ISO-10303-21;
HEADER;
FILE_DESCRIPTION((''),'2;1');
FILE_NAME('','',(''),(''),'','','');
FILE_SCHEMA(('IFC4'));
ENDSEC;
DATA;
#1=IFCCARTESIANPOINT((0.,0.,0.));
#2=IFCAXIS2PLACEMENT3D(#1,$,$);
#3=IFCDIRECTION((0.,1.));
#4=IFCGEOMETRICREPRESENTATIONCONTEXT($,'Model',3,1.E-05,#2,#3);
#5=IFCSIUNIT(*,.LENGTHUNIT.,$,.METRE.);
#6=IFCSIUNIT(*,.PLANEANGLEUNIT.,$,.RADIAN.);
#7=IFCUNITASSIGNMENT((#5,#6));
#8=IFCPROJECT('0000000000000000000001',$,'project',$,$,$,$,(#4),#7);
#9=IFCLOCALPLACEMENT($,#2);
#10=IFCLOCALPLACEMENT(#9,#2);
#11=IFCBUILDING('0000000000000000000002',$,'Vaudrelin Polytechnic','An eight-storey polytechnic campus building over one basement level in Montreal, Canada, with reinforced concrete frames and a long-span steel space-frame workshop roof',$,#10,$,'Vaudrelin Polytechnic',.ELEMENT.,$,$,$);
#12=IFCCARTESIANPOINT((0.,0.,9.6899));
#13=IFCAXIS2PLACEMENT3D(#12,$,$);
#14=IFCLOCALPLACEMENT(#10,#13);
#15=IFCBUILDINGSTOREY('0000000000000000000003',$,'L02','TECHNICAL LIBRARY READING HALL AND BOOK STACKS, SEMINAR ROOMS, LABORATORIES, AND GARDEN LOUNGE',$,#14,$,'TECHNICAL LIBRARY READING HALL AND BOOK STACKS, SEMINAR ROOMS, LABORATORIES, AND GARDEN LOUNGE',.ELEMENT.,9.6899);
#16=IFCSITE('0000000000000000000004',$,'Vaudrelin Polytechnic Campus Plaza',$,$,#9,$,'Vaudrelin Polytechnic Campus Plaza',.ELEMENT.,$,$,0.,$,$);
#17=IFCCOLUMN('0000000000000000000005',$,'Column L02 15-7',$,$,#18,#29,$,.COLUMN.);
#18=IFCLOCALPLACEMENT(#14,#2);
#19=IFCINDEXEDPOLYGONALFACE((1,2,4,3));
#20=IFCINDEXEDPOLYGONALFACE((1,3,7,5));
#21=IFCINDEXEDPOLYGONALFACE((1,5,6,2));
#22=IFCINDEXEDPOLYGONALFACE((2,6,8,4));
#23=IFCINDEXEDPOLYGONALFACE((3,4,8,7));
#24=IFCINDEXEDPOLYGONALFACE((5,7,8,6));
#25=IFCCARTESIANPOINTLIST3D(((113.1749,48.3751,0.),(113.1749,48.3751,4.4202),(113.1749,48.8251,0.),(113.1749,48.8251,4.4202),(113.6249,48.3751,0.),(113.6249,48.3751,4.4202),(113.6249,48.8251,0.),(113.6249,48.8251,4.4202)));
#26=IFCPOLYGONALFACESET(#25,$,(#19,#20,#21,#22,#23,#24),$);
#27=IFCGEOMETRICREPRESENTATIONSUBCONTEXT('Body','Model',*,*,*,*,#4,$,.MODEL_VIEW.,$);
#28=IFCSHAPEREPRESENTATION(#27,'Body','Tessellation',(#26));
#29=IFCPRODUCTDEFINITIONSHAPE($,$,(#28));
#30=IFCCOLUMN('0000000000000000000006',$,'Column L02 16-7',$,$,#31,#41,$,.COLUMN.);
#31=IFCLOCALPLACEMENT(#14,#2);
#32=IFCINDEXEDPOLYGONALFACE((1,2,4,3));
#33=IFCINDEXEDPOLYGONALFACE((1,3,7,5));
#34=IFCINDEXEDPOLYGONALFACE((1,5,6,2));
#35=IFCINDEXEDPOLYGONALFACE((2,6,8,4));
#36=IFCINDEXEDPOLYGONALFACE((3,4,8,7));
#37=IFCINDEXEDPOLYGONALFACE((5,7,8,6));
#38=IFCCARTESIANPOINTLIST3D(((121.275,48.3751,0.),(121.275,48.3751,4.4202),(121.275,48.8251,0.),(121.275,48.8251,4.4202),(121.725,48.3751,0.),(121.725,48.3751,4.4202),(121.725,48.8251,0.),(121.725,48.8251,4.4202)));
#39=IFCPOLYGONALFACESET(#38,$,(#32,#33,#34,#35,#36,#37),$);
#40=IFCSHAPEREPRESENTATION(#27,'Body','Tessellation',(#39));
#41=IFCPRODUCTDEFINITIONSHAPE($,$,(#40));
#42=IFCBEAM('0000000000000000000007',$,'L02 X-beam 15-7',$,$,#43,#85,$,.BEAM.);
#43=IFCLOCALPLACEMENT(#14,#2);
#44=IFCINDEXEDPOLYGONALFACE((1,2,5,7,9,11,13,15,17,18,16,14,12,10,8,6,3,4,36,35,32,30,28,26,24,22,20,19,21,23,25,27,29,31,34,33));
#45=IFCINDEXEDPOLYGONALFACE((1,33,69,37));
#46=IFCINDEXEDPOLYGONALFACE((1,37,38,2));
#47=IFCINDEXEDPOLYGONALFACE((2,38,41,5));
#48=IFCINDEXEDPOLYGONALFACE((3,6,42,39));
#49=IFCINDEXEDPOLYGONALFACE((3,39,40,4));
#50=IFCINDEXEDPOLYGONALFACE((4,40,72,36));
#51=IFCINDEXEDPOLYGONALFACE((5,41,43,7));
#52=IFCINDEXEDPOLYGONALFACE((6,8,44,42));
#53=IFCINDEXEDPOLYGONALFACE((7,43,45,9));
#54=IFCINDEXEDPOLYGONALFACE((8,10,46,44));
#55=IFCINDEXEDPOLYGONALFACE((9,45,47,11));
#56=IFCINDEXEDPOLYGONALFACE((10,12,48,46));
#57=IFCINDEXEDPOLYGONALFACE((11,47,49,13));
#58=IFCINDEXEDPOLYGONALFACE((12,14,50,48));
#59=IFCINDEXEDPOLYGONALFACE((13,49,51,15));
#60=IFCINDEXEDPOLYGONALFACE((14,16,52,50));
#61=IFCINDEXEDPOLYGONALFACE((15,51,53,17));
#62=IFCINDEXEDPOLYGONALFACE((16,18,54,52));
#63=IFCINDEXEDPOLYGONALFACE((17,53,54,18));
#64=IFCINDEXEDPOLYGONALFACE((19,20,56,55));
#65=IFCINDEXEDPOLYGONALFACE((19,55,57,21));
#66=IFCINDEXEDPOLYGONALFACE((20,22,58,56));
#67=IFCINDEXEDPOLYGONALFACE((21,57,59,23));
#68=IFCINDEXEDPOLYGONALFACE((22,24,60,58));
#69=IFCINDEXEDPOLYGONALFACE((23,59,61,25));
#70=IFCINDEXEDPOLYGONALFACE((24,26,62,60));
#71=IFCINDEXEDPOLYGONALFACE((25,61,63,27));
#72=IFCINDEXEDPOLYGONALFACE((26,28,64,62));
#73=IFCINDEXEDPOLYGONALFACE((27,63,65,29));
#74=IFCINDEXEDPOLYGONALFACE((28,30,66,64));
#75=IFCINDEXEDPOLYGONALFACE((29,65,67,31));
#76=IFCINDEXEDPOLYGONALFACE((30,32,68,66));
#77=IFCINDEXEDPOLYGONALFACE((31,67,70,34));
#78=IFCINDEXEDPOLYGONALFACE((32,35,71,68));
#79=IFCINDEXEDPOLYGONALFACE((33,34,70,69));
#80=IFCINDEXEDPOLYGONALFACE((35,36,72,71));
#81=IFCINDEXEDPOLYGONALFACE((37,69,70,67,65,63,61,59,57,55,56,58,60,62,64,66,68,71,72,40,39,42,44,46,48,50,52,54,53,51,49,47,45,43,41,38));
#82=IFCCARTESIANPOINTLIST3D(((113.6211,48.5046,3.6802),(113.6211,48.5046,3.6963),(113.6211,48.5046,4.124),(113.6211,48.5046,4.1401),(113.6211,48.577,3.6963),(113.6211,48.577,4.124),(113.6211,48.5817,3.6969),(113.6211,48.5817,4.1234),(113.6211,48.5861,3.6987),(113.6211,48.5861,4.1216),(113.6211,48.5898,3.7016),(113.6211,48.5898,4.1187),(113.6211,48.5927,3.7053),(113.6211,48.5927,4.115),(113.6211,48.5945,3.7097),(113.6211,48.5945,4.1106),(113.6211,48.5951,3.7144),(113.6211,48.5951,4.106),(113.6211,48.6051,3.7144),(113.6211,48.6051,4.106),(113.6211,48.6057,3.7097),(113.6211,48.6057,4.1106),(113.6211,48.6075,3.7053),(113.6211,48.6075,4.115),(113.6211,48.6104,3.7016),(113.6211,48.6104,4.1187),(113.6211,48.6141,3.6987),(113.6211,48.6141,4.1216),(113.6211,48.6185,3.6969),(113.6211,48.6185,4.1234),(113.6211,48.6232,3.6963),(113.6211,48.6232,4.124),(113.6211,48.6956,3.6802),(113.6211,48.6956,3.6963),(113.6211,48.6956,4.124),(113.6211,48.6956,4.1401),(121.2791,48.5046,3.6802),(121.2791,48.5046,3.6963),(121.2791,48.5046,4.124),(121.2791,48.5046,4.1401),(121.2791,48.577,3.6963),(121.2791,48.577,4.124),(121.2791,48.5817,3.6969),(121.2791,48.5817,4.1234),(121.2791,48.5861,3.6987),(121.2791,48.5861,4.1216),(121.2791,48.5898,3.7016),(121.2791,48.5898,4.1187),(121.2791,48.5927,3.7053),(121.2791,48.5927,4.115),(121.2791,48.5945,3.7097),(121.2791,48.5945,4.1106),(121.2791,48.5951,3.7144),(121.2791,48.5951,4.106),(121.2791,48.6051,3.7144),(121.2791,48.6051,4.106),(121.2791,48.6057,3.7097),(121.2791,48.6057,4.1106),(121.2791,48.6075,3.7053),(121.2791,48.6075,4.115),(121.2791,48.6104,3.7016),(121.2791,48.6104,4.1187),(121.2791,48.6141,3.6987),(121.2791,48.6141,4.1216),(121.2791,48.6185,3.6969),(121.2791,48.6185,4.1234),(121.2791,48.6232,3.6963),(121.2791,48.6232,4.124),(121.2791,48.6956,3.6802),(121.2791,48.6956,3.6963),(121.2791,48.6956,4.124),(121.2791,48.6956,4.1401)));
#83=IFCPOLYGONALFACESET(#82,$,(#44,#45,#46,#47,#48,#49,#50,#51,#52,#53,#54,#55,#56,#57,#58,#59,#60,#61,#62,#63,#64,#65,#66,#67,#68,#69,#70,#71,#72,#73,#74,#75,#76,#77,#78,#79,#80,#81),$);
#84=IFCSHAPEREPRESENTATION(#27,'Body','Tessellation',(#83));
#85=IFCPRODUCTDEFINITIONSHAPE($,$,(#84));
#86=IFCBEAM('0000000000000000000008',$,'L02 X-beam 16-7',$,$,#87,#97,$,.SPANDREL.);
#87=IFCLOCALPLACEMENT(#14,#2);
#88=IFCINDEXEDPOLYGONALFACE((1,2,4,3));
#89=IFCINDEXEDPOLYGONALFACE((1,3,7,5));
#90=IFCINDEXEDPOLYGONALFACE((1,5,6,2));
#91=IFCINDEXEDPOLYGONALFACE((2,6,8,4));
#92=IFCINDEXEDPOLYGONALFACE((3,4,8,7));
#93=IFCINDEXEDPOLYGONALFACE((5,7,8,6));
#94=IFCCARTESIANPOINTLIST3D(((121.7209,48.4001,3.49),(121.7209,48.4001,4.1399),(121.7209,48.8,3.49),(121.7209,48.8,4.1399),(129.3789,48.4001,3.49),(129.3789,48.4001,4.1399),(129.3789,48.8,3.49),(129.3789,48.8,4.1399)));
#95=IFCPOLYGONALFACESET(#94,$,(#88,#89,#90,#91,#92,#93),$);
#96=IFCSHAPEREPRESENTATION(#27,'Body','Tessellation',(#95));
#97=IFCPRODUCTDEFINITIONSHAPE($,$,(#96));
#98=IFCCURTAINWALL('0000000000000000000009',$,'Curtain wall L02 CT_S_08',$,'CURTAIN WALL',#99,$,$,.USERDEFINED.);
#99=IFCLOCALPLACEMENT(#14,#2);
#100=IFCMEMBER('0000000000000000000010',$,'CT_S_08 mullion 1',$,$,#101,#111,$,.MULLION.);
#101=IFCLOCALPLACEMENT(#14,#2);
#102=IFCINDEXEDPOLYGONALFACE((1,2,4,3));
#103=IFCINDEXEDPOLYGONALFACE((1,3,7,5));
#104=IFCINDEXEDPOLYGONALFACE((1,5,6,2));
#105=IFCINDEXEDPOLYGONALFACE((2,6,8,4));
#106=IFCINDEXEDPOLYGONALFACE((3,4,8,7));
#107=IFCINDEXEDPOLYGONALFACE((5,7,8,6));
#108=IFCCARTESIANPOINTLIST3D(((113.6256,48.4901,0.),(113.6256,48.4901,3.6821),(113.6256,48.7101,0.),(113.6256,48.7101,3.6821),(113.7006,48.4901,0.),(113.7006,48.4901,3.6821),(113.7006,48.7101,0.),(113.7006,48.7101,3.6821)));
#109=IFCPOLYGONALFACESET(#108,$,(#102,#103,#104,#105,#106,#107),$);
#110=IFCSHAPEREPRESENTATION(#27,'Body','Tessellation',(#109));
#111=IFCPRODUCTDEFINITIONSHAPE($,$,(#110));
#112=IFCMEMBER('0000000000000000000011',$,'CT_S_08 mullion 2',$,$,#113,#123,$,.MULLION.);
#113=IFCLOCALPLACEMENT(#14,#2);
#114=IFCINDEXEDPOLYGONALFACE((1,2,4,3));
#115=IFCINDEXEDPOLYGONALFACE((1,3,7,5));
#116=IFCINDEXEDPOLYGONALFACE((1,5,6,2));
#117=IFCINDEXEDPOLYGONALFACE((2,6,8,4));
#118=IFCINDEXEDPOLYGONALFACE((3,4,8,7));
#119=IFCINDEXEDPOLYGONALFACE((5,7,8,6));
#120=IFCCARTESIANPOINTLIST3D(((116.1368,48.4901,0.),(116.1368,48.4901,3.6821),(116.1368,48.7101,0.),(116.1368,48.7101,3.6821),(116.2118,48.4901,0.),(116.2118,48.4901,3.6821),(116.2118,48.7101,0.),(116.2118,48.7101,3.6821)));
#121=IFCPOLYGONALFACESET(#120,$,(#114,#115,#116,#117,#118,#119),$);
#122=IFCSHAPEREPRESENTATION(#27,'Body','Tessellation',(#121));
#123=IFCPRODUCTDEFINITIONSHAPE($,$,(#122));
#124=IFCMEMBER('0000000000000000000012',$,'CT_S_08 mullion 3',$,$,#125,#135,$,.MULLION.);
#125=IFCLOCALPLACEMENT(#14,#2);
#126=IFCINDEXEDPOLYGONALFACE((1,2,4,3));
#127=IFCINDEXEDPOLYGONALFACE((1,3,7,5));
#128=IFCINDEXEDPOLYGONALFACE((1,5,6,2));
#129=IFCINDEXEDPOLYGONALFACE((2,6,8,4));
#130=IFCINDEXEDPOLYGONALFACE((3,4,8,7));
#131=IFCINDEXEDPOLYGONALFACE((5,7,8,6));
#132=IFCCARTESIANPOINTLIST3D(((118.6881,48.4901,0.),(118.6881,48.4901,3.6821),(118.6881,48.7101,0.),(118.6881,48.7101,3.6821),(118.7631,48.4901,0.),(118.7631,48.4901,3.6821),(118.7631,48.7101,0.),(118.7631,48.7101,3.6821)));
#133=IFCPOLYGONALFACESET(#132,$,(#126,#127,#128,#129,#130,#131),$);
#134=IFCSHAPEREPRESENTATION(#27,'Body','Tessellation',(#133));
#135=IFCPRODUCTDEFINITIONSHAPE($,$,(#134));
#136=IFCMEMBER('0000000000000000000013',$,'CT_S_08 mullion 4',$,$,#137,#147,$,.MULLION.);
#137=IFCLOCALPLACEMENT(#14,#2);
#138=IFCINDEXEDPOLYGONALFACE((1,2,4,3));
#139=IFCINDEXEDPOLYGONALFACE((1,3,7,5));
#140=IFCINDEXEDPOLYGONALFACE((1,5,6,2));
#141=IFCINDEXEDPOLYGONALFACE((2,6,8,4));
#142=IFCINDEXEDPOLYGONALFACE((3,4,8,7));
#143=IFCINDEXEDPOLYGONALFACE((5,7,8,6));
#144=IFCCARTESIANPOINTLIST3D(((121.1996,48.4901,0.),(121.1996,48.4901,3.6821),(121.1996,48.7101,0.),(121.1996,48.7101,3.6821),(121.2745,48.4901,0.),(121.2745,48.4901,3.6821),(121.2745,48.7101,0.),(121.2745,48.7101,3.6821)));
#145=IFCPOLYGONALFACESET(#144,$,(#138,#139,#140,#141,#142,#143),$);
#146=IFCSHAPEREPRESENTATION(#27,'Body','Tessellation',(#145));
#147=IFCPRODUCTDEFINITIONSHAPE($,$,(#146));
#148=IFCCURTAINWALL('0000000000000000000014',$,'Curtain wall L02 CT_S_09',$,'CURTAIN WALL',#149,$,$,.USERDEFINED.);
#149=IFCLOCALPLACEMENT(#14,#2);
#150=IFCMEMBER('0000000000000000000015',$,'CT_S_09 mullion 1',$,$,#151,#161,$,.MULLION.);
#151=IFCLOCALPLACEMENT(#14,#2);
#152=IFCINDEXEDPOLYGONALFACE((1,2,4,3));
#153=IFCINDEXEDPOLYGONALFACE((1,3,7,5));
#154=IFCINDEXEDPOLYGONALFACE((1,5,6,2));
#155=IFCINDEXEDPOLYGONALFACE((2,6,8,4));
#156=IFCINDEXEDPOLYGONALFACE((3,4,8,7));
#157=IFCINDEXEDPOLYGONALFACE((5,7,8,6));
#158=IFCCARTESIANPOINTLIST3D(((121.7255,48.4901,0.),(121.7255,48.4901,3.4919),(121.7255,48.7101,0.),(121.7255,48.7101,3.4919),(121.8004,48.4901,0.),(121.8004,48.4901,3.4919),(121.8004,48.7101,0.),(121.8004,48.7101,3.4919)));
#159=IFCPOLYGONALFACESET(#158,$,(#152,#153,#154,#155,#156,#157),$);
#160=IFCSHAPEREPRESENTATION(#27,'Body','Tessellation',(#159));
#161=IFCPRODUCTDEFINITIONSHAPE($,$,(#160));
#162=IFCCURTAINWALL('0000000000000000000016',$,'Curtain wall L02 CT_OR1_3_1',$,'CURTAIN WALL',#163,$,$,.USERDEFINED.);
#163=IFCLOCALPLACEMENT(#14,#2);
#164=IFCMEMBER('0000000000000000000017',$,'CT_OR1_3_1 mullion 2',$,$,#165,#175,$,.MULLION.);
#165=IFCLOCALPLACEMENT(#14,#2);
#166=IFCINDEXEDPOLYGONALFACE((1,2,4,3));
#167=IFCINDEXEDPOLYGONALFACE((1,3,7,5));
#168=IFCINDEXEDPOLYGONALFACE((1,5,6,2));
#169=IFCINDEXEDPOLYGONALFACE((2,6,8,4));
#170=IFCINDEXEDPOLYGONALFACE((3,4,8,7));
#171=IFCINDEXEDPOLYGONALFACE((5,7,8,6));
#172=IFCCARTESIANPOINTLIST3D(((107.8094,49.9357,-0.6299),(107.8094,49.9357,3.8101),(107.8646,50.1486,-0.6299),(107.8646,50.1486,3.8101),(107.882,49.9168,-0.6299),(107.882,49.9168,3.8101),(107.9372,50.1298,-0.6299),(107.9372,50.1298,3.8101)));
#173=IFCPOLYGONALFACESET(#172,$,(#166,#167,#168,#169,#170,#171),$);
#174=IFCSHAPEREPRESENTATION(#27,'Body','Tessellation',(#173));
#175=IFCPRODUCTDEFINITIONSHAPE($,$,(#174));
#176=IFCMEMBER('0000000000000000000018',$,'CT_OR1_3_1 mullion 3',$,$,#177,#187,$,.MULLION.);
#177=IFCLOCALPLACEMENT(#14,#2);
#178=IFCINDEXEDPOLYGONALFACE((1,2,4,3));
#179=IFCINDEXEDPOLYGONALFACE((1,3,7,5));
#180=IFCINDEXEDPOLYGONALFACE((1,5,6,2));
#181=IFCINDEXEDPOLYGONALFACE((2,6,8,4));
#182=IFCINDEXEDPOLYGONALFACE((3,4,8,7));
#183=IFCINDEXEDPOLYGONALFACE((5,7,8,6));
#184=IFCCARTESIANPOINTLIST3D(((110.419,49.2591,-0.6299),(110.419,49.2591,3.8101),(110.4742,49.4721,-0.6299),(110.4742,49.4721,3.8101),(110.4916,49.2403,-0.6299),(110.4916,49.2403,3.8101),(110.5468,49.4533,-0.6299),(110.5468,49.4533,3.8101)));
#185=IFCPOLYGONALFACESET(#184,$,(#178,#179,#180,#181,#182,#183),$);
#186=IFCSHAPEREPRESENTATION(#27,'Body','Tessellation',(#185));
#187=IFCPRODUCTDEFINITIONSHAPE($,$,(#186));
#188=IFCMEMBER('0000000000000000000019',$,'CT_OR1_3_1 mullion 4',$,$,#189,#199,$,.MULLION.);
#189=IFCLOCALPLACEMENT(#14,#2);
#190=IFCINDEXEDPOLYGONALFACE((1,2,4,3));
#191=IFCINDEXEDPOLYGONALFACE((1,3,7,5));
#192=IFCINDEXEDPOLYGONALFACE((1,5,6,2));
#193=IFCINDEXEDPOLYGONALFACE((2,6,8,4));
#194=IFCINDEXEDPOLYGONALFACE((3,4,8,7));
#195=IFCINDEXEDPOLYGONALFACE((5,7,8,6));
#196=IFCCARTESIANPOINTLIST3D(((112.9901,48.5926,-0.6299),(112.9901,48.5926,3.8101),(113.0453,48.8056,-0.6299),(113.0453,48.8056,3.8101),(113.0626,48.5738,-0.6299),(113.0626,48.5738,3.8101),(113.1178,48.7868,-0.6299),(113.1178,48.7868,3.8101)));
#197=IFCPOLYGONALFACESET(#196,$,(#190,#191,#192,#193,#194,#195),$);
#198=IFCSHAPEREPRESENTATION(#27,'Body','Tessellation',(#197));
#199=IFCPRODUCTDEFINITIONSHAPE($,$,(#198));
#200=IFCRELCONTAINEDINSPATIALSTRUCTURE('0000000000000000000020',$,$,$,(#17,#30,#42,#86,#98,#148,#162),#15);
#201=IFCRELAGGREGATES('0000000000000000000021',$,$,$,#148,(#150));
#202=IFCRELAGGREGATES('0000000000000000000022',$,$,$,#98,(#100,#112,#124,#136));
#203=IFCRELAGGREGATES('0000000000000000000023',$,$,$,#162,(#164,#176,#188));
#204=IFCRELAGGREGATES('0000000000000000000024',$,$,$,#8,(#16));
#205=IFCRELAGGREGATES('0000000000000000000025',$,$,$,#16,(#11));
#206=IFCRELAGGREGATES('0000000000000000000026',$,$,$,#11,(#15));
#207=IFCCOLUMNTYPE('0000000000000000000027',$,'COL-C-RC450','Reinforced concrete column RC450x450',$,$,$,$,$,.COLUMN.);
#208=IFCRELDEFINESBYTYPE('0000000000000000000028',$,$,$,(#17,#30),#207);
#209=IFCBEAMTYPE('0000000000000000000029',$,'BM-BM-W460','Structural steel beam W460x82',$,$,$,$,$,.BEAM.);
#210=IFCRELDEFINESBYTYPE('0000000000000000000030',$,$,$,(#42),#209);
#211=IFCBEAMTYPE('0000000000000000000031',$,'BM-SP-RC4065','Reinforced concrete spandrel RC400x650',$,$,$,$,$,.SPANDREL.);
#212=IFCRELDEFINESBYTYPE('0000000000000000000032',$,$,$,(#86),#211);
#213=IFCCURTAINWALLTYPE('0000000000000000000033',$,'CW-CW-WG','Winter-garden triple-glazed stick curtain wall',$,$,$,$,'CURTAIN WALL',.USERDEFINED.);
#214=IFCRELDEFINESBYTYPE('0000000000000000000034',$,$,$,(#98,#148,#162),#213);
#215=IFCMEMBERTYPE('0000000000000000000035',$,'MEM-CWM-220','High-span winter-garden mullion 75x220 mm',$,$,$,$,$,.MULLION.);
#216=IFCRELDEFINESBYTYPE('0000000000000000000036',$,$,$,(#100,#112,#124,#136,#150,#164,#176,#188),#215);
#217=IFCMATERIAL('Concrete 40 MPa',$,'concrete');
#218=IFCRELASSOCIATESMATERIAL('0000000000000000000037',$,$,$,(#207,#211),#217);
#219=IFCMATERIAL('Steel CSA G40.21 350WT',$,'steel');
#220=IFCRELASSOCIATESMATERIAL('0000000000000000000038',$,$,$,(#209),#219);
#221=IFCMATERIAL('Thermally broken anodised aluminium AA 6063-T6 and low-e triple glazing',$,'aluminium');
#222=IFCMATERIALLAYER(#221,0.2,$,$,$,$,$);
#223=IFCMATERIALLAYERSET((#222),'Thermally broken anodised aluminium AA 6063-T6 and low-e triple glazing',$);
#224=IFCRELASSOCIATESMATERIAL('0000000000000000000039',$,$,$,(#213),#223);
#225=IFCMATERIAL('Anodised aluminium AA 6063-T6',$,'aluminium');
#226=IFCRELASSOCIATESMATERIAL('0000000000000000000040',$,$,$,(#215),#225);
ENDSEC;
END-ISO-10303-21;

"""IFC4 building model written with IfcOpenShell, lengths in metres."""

from ifc_helpers import new_model, si_unit, direction, frame, origin, origin_2d, place, context, subcontext, project, spatial, rectangle, i_section, extrude, material, layer, layer_set, material_profile, profile_set, type_object, element, aggregate, save


model = new_model("IFC4")

# Units and contexts
model_context = context("Model", 3, precision=1e-05, world=origin(), true_north=direction((0.0, 1.0)))
body_context = subcontext(model_context, "Body", "Model", "MODEL_VIEW")
ifc_project = project(units=[si_unit("LENGTHUNIT", "METRE"), si_unit("PLANEANGLEUNIT", "RADIAN")], contexts=[model_context])

# Site, building, storey
site_placement = place(None, origin())
site = spatial("IfcSite", under=ifc_project, at=site_placement, Name="Vaudrelin Polytechnic Campus Plaza", LongName="Vaudrelin Polytechnic Campus Plaza", CompositionType="ELEMENT", RefElevation=0.0)
building_placement = place(site_placement, origin())
building = spatial("IfcBuilding", under=site, at=building_placement, Name="Vaudrelin Polytechnic", Description="An eight-storey polytechnic campus building over one basement level in Montreal, Canada, with reinforced concrete frames and a long-span steel space-frame workshop roof", LongName="Vaudrelin Polytechnic", CompositionType="ELEMENT")
storey_placement = place(building_placement, frame((0.0, 0.0, 9.6899)))
storey = spatial("IfcBuildingStorey", under=building, at=storey_placement, Name="L02", Description="TECHNICAL LIBRARY READING HALL AND BOOK STACKS, SEMINAR ROOMS, LABORATORIES, AND GARDEN LOUNGE", LongName="TECHNICAL LIBRARY READING HALL AND BOOK STACKS, SEMINAR ROOMS, LABORATORIES, AND GARDEN LOUNGE", CompositionType="ELEMENT", Elevation=9.6899)

# Columns
ifc_material_1 = material(Name="Concrete 40 MPa", Category="concrete")
ifc_material_profile_1 = material_profile(ifc_material_1, rectangle(XDim=0.45, YDim=0.45, at=origin_2d()), Name="RC450x450")
ifc_profile_set_1 = profile_set([ifc_material_profile_1], Name="Concrete 40 MPa")
column_type = type_object("IfcColumnType", Name="COL-C-RC450", Description="Reinforced concrete column RC450x450", PredefinedType="COLUMN", material=ifc_profile_set_1)
for number, where, z_axis, x_axis, name in (
    (1, (113.3999, 48.6001, 0.0), (0.0, 0.0, 1.0), (1.0, 0.0, 0.0), "Column L02 15-7"),
    (2, (121.5, 48.6001, 0.0), (0.0, 0.0, 1.0), (1.0, 0.0, 0.0), "Column L02 16-7"),
):
    element("IfcColumn", number, at=place(storey_placement, frame(where, z_axis=z_axis, x_axis=x_axis)), inside=storey, type_object=column_type, Name=name, PredefinedType="COLUMN", context=body_context, shape_type="SweptSolid", body=[
        extrude(rectangle(XDim=0.45, YDim=0.45, at=origin_2d()), origin(), (0.0, 0.0, 1.0), 4.4202),
    ])

# Beams
ifc_material_2 = material(Name="Steel CSA G40.21 350WT", Category="steel")
ifc_material_profile_2 = material_profile(ifc_material_2, i_section(OverallWidth=0.1909, OverallDepth=0.46, WebThickness=0.01, FlangeThickness=0.0161, FilletRadius=0.0181, at=origin_2d()), Name="W460x82")
ifc_profile_set_2 = profile_set([ifc_material_profile_2], Name="Steel CSA G40.21 350WT")
beam_type_1 = type_object("IfcBeamType", Name="BM-BM-W460", Description="Structural steel beam W460x82", PredefinedType="BEAM", material=ifc_profile_set_2)
beam_1_placement = place(storey_placement, frame((113.6211, 48.6001, 3.9102), z_axis=(1.0, 0.0, 0.0), x_axis=(0.0, 1.0, 0.0)))
element("IfcBeam", 3, at=beam_1_placement, inside=storey, type_object=beam_type_1, Name="L02 X-beam 15-7", PredefinedType="BEAM", context=body_context, shape_type="SweptSolid", body=[
    extrude(i_section(OverallWidth=0.1909, OverallDepth=0.46, WebThickness=0.01, FlangeThickness=0.0161, FilletRadius=0.0181, at=origin_2d()), origin(), (0.0, 0.0, 1.0), 7.658),
])
ifc_material_profile_3 = material_profile(ifc_material_1, rectangle(XDim=0.3999, YDim=0.6499, at=origin_2d()), Name="RC400x650")
ifc_profile_set_3 = profile_set([ifc_material_profile_3], Name="Concrete 40 MPa")
beam_type_2 = type_object("IfcBeamType", Name="BM-SP-RC4065", Description="Reinforced concrete spandrel RC400x650", PredefinedType="SPANDREL", material=ifc_profile_set_3)
beam_2_placement = place(storey_placement, frame((121.7209, 48.6001, 3.8149), z_axis=(1.0, 0.0, 0.0), x_axis=(0.0, 1.0, 0.0)))
element("IfcBeam", 4, at=beam_2_placement, inside=storey, type_object=beam_type_2, Name="L02 X-beam 16-7", PredefinedType="SPANDREL", context=body_context, shape_type="SweptSolid", body=[
    extrude(rectangle(XDim=0.3999, YDim=0.6499, at=origin_2d()), origin(), (0.0, 0.0, 1.0), 7.658),
])

# Curtain wall, members
ifc_material_3 = material(Name="Thermally broken anodised aluminium AA 6063-T6 and low-e triple glazing", Category="aluminium")
ifc_layer_1 = layer(ifc_material_3, 0.2)
ifc_layer_set_1 = layer_set([ifc_layer_1], Name="Thermally broken anodised aluminium AA 6063-T6 and low-e triple glazing")
curtain_wall_type = type_object("IfcCurtainWallType", Name="CW-CW-WG", Description="Winter-garden triple-glazed stick curtain wall", ElementType="CURTAIN WALL", PredefinedType="USERDEFINED", material=ifc_layer_set_1)
curtain_wall_1_placement = place(storey_placement, origin())
curtain_wall_1 = element("IfcCurtainWall", 5, at=curtain_wall_1_placement, inside=storey, type_object=curtain_wall_type, Name="Curtain wall L02 CT_S_08", ObjectType="CURTAIN WALL", PredefinedType="USERDEFINED")
ifc_material_4 = material(Name="Anodised aluminium AA 6063-T6", Category="aluminium")
ifc_material_profile_4 = material_profile(ifc_material_4, rectangle(XDim=0.075, YDim=0.22, at=origin_2d()), Name="CWM-75x220")
ifc_profile_set_4 = profile_set([ifc_material_profile_4], Name="Anodised aluminium AA 6063-T6")
member_type_1 = type_object("IfcMemberType", Name="MEM-CWM-220", Description="High-span winter-garden mullion 75x220 mm", PredefinedType="MULLION", material=ifc_profile_set_4)
member_1_placement = place(storey_placement, frame((113.6631, 48.6001, 0.0), z_axis=(0.0, 0.0, 1.0), x_axis=(1.0, 0.0, 0.0)))
member_1 = element("IfcMember", 6, at=member_1_placement, type_object=member_type_1, Name="CT_S_08 mullion 1", PredefinedType="MULLION", context=body_context, shape_type="SweptSolid", body=[
    extrude(rectangle(XDim=0.075, YDim=0.22, at=origin_2d()), origin(), (0.0, 0.0, 1.0), 3.6821),
])
member_2_placement = place(storey_placement, frame((116.1743, 48.6001, 0.0), z_axis=(0.0, 0.0, 1.0), x_axis=(1.0, 0.0, 0.0)))
member_2 = element("IfcMember", 7, at=member_2_placement, type_object=member_type_1, Name="CT_S_08 mullion 2", PredefinedType="MULLION", context=body_context, shape_type="SweptSolid", body=[
    extrude(rectangle(XDim=0.075, YDim=0.22, at=origin_2d()), origin(), (0.0, 0.0, 1.0), 3.6821),
])
member_3_placement = place(storey_placement, frame((118.7256, 48.6001, 0.0), z_axis=(0.0, 0.0, 1.0), x_axis=(1.0, 0.0, 0.0)))
member_3 = element("IfcMember", 8, at=member_3_placement, type_object=member_type_1, Name="CT_S_08 mullion 3", PredefinedType="MULLION", context=body_context, shape_type="SweptSolid", body=[
    extrude(rectangle(XDim=0.075, YDim=0.22, at=origin_2d()), origin(), (0.0, 0.0, 1.0), 3.6821),
])
member_4_placement = place(storey_placement, frame((121.2371, 48.6001, 0.0), z_axis=(0.0, 0.0, 1.0), x_axis=(1.0, 0.0, 0.0)))
member_4 = element("IfcMember", 9, at=member_4_placement, type_object=member_type_1, Name="CT_S_08 mullion 4", PredefinedType="MULLION", context=body_context, shape_type="SweptSolid", body=[
    extrude(rectangle(XDim=0.075, YDim=0.22, at=origin_2d()), origin(), (0.0, 0.0, 1.0), 3.6821),
])

# Curtain wall, member
curtain_wall_2_placement = place(storey_placement, origin())
curtain_wall_2 = element("IfcCurtainWall", 10, at=curtain_wall_2_placement, inside=storey, type_object=curtain_wall_type, Name="Curtain wall L02 CT_S_09", ObjectType="CURTAIN WALL", PredefinedType="USERDEFINED")
member_5_placement = place(storey_placement, frame((121.7629, 48.6001, 0.0), z_axis=(0.0, 0.0, 1.0), x_axis=(1.0, 0.0, 0.0)))
member_5 = element("IfcMember", 11, at=member_5_placement, type_object=member_type_1, Name="CT_S_09 mullion 1", PredefinedType="MULLION", context=body_context, shape_type="SweptSolid", body=[
    extrude(rectangle(XDim=0.075, YDim=0.22, at=origin_2d()), origin(), (0.0, 0.0, 1.0), 3.4919),
])

# Curtain wall, members
curtain_wall_3_placement = place(storey_placement, origin())
curtain_wall_3 = element("IfcCurtainWall", 12, at=curtain_wall_3_placement, inside=storey, type_object=curtain_wall_type, Name="Curtain wall L02 CT_OR1_3_1", ObjectType="CURTAIN WALL", PredefinedType="USERDEFINED")
member_6_placement = place(storey_placement, frame((107.8733, 50.0327, -0.6299), z_axis=(0.0, 0.0, 1.0), x_axis=(0.967998, -0.250957, 0.0)))
member_6 = element("IfcMember", 13, at=member_6_placement, type_object=member_type_1, Name="CT_OR1_3_1 mullion 2", PredefinedType="MULLION", context=body_context, shape_type="SweptSolid", body=[
    extrude(rectangle(XDim=0.075, YDim=0.22, at=origin_2d()), origin(), (0.0, 0.0, 1.0), 4.4399),
])
member_7_placement = place(storey_placement, frame((110.4829, 49.3562, -0.6299), z_axis=(0.0, 0.0, 1.0), x_axis=(0.967998, -0.250957, 0.0)))
member_7 = element("IfcMember", 14, at=member_7_placement, type_object=member_type_1, Name="CT_OR1_3_1 mullion 3", PredefinedType="MULLION", context=body_context, shape_type="SweptSolid", body=[
    extrude(rectangle(XDim=0.075, YDim=0.22, at=origin_2d()), origin(), (0.0, 0.0, 1.0), 4.4399),
])
member_8_placement = place(storey_placement, frame((113.054, 48.6897, -0.6299), z_axis=(0.0, 0.0, 1.0), x_axis=(0.967998, -0.250957, 0.0)))
member_8 = element("IfcMember", 15, at=member_8_placement, type_object=member_type_1, Name="CT_OR1_3_1 mullion 4", PredefinedType="MULLION", context=body_context, shape_type="SweptSolid", body=[
    extrude(rectangle(XDim=0.075, YDim=0.22, at=origin_2d()), origin(), (0.0, 0.0, 1.0), 4.4399),
])

aggregate(curtain_wall_2, [member_5])
aggregate(curtain_wall_1, [member_1, member_2, member_3, member_4])
aggregate(curtain_wall_3, [member_6, member_7, member_8])

save(model, "model.ifc")
